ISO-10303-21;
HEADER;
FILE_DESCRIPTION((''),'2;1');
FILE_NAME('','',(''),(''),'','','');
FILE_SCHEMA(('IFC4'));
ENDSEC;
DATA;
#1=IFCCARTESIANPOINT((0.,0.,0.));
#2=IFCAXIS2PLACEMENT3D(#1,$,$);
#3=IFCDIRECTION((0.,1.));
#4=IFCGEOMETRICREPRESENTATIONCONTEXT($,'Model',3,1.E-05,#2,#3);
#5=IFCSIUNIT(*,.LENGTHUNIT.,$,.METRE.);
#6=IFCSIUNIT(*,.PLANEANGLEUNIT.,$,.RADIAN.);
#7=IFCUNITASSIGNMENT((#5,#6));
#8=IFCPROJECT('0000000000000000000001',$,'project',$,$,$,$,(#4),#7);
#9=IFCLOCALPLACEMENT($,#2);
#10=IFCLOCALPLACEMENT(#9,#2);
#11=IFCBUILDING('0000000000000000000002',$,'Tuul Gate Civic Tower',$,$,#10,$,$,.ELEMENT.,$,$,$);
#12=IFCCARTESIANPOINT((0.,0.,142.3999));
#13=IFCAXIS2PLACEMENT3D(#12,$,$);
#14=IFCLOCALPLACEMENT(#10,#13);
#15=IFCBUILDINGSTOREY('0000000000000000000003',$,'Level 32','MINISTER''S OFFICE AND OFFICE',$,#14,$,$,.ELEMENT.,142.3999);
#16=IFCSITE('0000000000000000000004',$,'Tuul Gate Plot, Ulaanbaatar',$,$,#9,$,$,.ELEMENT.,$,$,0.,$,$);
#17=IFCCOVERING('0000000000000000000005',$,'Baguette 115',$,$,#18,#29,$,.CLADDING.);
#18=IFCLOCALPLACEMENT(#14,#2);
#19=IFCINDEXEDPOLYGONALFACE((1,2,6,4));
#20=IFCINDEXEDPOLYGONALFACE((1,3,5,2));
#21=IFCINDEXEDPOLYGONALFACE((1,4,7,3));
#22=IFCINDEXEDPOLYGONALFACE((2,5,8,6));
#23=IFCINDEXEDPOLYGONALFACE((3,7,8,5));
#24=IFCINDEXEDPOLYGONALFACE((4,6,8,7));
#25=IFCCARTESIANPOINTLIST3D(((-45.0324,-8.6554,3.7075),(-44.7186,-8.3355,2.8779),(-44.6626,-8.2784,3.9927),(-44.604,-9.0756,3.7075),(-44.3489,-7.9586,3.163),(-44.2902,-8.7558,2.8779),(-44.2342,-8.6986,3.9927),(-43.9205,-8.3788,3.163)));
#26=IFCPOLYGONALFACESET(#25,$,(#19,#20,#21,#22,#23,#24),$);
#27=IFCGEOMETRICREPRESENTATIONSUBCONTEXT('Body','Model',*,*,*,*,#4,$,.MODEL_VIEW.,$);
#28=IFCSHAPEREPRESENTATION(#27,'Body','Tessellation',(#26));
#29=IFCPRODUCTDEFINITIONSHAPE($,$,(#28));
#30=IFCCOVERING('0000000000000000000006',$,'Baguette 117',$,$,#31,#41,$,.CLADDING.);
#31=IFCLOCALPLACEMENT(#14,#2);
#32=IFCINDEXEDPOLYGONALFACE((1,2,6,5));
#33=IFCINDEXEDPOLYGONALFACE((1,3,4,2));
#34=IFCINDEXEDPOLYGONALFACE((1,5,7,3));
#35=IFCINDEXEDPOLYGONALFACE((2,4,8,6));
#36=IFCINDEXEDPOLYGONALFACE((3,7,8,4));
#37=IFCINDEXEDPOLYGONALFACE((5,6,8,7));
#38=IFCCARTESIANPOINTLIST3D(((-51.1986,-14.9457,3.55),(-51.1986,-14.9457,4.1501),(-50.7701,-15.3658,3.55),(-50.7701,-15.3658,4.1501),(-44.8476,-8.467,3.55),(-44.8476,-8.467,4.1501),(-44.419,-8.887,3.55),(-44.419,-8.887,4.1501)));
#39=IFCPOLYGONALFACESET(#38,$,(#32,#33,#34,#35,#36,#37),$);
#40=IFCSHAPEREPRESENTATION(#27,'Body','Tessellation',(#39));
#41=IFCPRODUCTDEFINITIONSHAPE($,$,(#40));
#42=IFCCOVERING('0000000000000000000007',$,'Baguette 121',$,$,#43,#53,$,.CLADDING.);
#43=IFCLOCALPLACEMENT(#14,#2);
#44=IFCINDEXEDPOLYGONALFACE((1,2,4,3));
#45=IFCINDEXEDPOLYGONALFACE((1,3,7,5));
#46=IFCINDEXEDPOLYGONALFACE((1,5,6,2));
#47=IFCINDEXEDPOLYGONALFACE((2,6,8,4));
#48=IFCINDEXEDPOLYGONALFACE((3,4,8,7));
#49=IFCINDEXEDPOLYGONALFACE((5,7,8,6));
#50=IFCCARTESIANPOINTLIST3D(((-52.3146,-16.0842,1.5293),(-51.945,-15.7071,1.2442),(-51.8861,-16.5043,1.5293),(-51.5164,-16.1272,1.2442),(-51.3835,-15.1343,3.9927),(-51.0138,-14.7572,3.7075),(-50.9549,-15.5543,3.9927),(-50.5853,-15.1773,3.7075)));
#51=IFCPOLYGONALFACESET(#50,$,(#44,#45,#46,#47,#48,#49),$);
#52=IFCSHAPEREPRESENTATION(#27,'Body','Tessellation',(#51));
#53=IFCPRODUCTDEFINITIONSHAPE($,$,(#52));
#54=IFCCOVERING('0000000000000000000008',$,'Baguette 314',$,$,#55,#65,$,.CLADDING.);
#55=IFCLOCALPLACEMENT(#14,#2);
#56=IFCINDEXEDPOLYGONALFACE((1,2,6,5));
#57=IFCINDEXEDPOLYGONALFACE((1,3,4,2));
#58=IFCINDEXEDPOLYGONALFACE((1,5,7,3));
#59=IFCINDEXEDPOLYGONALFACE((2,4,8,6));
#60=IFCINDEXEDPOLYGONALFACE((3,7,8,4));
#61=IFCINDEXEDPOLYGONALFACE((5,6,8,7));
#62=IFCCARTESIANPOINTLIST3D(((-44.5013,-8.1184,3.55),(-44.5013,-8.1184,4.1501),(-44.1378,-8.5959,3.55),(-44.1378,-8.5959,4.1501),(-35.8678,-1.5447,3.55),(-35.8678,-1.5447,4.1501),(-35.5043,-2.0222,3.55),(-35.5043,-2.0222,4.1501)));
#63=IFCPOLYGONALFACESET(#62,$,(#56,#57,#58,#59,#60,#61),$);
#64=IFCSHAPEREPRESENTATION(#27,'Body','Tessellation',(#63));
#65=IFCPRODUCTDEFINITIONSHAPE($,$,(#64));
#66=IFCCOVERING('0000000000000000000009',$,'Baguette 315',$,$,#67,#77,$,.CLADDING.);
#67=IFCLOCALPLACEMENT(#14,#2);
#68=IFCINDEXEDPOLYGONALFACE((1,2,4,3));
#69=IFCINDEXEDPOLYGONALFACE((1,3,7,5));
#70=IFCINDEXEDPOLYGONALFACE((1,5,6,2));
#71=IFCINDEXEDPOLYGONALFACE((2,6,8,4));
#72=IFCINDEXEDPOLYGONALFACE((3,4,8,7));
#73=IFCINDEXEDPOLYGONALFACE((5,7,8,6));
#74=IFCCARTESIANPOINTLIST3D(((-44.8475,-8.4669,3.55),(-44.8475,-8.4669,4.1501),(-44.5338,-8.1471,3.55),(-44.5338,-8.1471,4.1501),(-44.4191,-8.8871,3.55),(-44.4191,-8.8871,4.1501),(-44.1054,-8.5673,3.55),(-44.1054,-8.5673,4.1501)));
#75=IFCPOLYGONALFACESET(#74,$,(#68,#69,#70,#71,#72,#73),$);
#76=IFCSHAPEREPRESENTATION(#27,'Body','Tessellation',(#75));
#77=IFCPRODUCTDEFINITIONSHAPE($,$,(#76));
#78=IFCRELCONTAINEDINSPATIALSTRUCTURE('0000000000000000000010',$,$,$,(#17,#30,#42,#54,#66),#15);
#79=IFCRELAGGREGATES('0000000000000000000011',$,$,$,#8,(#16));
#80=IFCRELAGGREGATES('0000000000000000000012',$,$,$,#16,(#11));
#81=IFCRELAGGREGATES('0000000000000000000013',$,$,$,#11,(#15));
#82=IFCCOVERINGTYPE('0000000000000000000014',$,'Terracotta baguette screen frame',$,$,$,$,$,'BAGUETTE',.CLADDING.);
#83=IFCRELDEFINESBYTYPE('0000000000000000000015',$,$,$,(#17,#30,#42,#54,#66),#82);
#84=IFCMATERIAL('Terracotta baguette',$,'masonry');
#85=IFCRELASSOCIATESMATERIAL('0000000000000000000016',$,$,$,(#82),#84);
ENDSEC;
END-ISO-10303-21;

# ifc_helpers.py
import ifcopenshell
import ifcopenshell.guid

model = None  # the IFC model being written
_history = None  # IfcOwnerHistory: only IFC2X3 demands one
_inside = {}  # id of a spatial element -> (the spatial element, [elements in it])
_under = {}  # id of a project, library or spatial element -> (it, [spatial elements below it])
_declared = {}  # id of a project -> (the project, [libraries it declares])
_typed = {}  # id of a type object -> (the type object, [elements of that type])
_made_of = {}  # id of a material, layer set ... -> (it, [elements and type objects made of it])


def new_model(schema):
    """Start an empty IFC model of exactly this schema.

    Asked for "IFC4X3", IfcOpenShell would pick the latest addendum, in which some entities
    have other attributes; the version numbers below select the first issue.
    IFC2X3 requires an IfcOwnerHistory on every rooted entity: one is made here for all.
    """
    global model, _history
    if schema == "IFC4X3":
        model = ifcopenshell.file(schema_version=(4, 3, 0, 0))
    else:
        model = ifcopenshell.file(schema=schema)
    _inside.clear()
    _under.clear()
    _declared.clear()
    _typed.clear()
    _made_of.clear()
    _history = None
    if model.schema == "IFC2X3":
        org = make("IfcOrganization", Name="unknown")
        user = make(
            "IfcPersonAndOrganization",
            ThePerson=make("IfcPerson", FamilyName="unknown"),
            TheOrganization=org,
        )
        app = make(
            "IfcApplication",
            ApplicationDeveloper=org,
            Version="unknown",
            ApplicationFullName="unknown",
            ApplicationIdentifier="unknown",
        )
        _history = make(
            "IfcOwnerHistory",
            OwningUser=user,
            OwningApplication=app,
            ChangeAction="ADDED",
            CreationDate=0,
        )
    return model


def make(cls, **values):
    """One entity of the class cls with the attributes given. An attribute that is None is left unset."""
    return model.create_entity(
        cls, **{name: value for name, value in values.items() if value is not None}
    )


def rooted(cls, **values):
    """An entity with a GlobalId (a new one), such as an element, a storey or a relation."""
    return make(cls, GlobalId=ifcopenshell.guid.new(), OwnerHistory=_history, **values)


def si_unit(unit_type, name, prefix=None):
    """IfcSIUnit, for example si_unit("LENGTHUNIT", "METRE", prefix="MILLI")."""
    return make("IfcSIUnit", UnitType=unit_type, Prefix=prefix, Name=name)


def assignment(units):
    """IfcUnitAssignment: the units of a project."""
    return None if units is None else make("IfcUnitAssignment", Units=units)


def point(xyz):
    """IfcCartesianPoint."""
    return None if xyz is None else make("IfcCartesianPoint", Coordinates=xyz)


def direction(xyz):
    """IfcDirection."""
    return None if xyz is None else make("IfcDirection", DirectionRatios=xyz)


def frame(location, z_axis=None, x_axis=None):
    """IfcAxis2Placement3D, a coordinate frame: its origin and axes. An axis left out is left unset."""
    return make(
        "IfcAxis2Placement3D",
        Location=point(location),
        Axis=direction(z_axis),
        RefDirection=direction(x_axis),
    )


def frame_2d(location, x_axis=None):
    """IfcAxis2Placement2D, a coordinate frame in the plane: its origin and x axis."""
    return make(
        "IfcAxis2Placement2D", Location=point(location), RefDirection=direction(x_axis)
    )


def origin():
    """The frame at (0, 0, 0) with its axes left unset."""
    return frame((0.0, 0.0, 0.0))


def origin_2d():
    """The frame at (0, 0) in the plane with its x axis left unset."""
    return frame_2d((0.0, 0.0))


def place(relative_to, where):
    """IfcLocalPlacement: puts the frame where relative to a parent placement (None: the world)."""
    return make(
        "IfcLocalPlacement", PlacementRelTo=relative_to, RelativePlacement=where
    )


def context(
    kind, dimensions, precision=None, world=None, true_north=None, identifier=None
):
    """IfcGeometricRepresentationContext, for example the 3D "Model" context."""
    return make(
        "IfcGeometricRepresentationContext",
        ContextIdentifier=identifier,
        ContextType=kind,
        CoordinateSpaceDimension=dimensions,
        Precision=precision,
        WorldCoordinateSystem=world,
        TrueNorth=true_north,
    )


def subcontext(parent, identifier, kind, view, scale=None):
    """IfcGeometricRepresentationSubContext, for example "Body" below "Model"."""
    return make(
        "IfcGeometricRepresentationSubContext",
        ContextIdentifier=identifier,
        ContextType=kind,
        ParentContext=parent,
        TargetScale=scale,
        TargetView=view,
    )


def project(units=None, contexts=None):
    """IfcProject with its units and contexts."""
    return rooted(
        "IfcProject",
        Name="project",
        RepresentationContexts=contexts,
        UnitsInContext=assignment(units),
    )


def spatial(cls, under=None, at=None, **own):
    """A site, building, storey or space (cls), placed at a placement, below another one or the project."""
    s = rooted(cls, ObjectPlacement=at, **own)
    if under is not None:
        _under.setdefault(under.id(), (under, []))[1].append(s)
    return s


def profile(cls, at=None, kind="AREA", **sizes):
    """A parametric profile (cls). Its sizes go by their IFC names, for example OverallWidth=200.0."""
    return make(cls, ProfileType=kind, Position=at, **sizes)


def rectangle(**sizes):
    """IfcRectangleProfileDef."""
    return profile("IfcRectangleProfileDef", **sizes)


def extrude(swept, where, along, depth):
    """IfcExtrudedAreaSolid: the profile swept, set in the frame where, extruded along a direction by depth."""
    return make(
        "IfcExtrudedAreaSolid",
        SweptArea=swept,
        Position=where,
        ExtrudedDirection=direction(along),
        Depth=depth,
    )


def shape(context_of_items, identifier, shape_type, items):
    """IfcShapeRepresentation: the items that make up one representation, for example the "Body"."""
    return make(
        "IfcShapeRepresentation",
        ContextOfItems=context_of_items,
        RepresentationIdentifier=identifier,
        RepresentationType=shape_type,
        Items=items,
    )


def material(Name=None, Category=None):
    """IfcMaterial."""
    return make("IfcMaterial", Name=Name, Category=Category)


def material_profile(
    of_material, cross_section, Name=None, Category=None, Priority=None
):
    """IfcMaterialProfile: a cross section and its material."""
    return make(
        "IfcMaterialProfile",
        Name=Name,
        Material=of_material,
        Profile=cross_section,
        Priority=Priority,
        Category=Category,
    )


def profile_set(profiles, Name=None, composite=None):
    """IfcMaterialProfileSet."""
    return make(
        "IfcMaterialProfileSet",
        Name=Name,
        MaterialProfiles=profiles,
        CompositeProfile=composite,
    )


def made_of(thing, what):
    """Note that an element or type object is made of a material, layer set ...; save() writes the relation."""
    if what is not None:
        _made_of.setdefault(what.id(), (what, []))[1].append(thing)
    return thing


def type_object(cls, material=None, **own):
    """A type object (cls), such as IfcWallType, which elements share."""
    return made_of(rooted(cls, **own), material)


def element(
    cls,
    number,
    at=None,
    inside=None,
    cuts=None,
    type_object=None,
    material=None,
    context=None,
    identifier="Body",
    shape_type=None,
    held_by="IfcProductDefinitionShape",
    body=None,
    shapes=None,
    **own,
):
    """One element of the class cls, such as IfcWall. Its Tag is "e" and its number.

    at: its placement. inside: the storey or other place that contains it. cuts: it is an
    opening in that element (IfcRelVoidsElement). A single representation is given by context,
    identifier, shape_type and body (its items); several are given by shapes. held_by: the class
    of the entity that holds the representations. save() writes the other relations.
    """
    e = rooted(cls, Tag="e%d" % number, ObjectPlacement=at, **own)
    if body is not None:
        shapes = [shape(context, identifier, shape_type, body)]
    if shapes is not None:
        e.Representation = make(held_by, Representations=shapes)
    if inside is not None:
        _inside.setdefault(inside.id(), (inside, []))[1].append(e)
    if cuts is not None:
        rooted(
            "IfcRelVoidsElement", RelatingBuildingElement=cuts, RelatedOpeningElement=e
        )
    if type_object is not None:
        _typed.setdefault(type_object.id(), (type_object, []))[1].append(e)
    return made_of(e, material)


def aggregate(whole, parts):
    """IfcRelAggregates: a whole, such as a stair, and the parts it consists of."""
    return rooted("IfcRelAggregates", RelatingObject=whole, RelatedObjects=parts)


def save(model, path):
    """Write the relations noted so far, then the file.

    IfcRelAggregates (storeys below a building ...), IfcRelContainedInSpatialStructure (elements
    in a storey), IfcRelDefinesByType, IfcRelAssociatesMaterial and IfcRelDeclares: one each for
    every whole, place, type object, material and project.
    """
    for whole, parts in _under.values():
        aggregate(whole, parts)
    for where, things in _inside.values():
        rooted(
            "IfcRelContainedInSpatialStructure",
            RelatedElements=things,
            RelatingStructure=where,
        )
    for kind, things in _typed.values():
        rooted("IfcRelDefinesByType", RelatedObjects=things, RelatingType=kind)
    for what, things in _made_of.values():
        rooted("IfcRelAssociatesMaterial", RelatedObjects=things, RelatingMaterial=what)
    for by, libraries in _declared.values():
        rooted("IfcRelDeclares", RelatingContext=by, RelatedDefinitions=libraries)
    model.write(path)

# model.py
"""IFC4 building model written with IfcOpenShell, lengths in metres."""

from ifc_helpers import new_model, si_unit, direction, frame, origin, origin_2d, place, context, subcontext, project, spatial, rectangle, extrude, material, material_profile, profile_set, type_object, element, save


model = new_model("IFC4")

# Units and contexts
model_context = context("Model", 3, precision=1e-05, world=origin(), true_north=direction((0.0, 1.0)))
body_context = subcontext(model_context, "Body", "Model", "MODEL_VIEW")
ifc_project = project(units=[si_unit("LENGTHUNIT", "METRE"), si_unit("PLANEANGLEUNIT", "RADIAN")], contexts=[model_context])

# Site, building, storey
site_placement = place(None, origin())
site = spatial("IfcSite", under=ifc_project, at=site_placement, Name="Tuul Gate Plot, Ulaanbaatar", CompositionType="ELEMENT", RefElevation=0.0)
building_placement = place(site_placement, origin())
building = spatial("IfcBuilding", under=site, at=building_placement, Name="Tuul Gate Civic Tower", CompositionType="ELEMENT")
storey_placement = place(building_placement, frame((0.0, 0.0, 142.3999)))
storey = spatial("IfcBuildingStorey", under=building, at=storey_placement, Name="Level 32", Description="MINISTER'S OFFICE AND OFFICE", CompositionType="ELEMENT", Elevation=142.3999)

# Coverings
ifc_material_1 = material(Name="Terracotta baguette", Category="masonry")
ifc_material_profile_1 = material_profile(ifc_material_1, rectangle(XDim=0.6001, YDim=0.6001, at=origin_2d()), Name="Terracotta baguette screen frame")
ifc_profile_set_1 = profile_set([ifc_material_profile_1], Name="Terracotta baguette")
covering_type = type_object("IfcCoveringType", Name="Terracotta baguette screen frame", ElementType="BAGUETTE", PredefinedType="CLADDING", material=ifc_profile_set_1)
covering_1_placement = place(storey_placement, frame((-44.6333, -8.677, 3.8501), z_axis=(0.332744, 0.339217, -0.879894), x_axis=(-0.713886, 0.700262, 0.0)))
element("IfcCovering", 1, at=covering_1_placement, inside=storey, type_object=covering_type, Name="Baguette 115", PredefinedType="CLADDING", context=body_context, shape_type="SweptSolid", body=[
    extrude(rectangle(XDim=0.6001, YDim=0.6001, at=origin_2d()), origin(), (0.0, 0.0, 1.0), 0.9429),
])
covering_2_placement = place(storey_placement, frame((-44.6333, -8.677, 3.8501), z_axis=(-0.700035, -0.714109, 0.0), x_axis=(0.714109, -0.700035, 0.0)))
element("IfcCovering", 2, at=covering_2_placement, inside=storey, type_object=covering_type, Name="Baguette 117", PredefinedType="CLADDING", context=body_context, shape_type="SweptSolid", body=[
    extrude(rectangle(XDim=0.6001, YDim=0.6001, at=origin_2d()), origin(), (0.0, 0.0, 1.0), 9.0725),
])
covering_3_placement = place(storey_placement, frame((-50.9844, -15.1558, 3.8501), z_axis=(-0.332603, -0.339318, -0.879908), x_axis=(0.714138, -0.700005, 0.0)))
element("IfcCovering", 3, at=covering_3_placement, inside=storey, type_object=covering_type, Name="Baguette 121", PredefinedType="CLADDING", context=body_context, shape_type="SweptSolid", body=[
    extrude(rectangle(XDim=0.6001, YDim=0.6001, at=origin_2d()), origin(), (0.0, 0.0, 1.0), 2.7996),
])
covering_4_placement = place(storey_placement, frame((-35.686, -1.7834, 3.8501), z_axis=(-0.795619, -0.605798, 0.0), x_axis=(0.605798, -0.795619, 0.0)))
element("IfcCovering", 4, at=covering_4_placement, inside=storey, type_object=covering_type, Name="Baguette 314", PredefinedType="CLADDING", context=body_context, shape_type="SweptSolid", body=[
    extrude(rectangle(XDim=0.6001, YDim=0.6001, at=origin_2d()), origin(), (0.0, 0.0, 1.0), 10.8513),
])
covering_5_placement = place(storey_placement, frame((-44.3196, -8.3572, 3.8501), z_axis=(-0.700262, -0.713886, 0.0), x_axis=(0.713886, -0.700262, 0.0)))
element("IfcCovering", 5, at=covering_5_placement, inside=storey, type_object=covering_type, Name="Baguette 315", PredefinedType="CLADDING", context=body_context, shape_type="SweptSolid", body=[
    extrude(rectangle(XDim=0.6001, YDim=0.6001, at=origin_2d()), origin(), (0.0, 0.0, 1.0), 0.448),
])

save(model, "model.ifc")
